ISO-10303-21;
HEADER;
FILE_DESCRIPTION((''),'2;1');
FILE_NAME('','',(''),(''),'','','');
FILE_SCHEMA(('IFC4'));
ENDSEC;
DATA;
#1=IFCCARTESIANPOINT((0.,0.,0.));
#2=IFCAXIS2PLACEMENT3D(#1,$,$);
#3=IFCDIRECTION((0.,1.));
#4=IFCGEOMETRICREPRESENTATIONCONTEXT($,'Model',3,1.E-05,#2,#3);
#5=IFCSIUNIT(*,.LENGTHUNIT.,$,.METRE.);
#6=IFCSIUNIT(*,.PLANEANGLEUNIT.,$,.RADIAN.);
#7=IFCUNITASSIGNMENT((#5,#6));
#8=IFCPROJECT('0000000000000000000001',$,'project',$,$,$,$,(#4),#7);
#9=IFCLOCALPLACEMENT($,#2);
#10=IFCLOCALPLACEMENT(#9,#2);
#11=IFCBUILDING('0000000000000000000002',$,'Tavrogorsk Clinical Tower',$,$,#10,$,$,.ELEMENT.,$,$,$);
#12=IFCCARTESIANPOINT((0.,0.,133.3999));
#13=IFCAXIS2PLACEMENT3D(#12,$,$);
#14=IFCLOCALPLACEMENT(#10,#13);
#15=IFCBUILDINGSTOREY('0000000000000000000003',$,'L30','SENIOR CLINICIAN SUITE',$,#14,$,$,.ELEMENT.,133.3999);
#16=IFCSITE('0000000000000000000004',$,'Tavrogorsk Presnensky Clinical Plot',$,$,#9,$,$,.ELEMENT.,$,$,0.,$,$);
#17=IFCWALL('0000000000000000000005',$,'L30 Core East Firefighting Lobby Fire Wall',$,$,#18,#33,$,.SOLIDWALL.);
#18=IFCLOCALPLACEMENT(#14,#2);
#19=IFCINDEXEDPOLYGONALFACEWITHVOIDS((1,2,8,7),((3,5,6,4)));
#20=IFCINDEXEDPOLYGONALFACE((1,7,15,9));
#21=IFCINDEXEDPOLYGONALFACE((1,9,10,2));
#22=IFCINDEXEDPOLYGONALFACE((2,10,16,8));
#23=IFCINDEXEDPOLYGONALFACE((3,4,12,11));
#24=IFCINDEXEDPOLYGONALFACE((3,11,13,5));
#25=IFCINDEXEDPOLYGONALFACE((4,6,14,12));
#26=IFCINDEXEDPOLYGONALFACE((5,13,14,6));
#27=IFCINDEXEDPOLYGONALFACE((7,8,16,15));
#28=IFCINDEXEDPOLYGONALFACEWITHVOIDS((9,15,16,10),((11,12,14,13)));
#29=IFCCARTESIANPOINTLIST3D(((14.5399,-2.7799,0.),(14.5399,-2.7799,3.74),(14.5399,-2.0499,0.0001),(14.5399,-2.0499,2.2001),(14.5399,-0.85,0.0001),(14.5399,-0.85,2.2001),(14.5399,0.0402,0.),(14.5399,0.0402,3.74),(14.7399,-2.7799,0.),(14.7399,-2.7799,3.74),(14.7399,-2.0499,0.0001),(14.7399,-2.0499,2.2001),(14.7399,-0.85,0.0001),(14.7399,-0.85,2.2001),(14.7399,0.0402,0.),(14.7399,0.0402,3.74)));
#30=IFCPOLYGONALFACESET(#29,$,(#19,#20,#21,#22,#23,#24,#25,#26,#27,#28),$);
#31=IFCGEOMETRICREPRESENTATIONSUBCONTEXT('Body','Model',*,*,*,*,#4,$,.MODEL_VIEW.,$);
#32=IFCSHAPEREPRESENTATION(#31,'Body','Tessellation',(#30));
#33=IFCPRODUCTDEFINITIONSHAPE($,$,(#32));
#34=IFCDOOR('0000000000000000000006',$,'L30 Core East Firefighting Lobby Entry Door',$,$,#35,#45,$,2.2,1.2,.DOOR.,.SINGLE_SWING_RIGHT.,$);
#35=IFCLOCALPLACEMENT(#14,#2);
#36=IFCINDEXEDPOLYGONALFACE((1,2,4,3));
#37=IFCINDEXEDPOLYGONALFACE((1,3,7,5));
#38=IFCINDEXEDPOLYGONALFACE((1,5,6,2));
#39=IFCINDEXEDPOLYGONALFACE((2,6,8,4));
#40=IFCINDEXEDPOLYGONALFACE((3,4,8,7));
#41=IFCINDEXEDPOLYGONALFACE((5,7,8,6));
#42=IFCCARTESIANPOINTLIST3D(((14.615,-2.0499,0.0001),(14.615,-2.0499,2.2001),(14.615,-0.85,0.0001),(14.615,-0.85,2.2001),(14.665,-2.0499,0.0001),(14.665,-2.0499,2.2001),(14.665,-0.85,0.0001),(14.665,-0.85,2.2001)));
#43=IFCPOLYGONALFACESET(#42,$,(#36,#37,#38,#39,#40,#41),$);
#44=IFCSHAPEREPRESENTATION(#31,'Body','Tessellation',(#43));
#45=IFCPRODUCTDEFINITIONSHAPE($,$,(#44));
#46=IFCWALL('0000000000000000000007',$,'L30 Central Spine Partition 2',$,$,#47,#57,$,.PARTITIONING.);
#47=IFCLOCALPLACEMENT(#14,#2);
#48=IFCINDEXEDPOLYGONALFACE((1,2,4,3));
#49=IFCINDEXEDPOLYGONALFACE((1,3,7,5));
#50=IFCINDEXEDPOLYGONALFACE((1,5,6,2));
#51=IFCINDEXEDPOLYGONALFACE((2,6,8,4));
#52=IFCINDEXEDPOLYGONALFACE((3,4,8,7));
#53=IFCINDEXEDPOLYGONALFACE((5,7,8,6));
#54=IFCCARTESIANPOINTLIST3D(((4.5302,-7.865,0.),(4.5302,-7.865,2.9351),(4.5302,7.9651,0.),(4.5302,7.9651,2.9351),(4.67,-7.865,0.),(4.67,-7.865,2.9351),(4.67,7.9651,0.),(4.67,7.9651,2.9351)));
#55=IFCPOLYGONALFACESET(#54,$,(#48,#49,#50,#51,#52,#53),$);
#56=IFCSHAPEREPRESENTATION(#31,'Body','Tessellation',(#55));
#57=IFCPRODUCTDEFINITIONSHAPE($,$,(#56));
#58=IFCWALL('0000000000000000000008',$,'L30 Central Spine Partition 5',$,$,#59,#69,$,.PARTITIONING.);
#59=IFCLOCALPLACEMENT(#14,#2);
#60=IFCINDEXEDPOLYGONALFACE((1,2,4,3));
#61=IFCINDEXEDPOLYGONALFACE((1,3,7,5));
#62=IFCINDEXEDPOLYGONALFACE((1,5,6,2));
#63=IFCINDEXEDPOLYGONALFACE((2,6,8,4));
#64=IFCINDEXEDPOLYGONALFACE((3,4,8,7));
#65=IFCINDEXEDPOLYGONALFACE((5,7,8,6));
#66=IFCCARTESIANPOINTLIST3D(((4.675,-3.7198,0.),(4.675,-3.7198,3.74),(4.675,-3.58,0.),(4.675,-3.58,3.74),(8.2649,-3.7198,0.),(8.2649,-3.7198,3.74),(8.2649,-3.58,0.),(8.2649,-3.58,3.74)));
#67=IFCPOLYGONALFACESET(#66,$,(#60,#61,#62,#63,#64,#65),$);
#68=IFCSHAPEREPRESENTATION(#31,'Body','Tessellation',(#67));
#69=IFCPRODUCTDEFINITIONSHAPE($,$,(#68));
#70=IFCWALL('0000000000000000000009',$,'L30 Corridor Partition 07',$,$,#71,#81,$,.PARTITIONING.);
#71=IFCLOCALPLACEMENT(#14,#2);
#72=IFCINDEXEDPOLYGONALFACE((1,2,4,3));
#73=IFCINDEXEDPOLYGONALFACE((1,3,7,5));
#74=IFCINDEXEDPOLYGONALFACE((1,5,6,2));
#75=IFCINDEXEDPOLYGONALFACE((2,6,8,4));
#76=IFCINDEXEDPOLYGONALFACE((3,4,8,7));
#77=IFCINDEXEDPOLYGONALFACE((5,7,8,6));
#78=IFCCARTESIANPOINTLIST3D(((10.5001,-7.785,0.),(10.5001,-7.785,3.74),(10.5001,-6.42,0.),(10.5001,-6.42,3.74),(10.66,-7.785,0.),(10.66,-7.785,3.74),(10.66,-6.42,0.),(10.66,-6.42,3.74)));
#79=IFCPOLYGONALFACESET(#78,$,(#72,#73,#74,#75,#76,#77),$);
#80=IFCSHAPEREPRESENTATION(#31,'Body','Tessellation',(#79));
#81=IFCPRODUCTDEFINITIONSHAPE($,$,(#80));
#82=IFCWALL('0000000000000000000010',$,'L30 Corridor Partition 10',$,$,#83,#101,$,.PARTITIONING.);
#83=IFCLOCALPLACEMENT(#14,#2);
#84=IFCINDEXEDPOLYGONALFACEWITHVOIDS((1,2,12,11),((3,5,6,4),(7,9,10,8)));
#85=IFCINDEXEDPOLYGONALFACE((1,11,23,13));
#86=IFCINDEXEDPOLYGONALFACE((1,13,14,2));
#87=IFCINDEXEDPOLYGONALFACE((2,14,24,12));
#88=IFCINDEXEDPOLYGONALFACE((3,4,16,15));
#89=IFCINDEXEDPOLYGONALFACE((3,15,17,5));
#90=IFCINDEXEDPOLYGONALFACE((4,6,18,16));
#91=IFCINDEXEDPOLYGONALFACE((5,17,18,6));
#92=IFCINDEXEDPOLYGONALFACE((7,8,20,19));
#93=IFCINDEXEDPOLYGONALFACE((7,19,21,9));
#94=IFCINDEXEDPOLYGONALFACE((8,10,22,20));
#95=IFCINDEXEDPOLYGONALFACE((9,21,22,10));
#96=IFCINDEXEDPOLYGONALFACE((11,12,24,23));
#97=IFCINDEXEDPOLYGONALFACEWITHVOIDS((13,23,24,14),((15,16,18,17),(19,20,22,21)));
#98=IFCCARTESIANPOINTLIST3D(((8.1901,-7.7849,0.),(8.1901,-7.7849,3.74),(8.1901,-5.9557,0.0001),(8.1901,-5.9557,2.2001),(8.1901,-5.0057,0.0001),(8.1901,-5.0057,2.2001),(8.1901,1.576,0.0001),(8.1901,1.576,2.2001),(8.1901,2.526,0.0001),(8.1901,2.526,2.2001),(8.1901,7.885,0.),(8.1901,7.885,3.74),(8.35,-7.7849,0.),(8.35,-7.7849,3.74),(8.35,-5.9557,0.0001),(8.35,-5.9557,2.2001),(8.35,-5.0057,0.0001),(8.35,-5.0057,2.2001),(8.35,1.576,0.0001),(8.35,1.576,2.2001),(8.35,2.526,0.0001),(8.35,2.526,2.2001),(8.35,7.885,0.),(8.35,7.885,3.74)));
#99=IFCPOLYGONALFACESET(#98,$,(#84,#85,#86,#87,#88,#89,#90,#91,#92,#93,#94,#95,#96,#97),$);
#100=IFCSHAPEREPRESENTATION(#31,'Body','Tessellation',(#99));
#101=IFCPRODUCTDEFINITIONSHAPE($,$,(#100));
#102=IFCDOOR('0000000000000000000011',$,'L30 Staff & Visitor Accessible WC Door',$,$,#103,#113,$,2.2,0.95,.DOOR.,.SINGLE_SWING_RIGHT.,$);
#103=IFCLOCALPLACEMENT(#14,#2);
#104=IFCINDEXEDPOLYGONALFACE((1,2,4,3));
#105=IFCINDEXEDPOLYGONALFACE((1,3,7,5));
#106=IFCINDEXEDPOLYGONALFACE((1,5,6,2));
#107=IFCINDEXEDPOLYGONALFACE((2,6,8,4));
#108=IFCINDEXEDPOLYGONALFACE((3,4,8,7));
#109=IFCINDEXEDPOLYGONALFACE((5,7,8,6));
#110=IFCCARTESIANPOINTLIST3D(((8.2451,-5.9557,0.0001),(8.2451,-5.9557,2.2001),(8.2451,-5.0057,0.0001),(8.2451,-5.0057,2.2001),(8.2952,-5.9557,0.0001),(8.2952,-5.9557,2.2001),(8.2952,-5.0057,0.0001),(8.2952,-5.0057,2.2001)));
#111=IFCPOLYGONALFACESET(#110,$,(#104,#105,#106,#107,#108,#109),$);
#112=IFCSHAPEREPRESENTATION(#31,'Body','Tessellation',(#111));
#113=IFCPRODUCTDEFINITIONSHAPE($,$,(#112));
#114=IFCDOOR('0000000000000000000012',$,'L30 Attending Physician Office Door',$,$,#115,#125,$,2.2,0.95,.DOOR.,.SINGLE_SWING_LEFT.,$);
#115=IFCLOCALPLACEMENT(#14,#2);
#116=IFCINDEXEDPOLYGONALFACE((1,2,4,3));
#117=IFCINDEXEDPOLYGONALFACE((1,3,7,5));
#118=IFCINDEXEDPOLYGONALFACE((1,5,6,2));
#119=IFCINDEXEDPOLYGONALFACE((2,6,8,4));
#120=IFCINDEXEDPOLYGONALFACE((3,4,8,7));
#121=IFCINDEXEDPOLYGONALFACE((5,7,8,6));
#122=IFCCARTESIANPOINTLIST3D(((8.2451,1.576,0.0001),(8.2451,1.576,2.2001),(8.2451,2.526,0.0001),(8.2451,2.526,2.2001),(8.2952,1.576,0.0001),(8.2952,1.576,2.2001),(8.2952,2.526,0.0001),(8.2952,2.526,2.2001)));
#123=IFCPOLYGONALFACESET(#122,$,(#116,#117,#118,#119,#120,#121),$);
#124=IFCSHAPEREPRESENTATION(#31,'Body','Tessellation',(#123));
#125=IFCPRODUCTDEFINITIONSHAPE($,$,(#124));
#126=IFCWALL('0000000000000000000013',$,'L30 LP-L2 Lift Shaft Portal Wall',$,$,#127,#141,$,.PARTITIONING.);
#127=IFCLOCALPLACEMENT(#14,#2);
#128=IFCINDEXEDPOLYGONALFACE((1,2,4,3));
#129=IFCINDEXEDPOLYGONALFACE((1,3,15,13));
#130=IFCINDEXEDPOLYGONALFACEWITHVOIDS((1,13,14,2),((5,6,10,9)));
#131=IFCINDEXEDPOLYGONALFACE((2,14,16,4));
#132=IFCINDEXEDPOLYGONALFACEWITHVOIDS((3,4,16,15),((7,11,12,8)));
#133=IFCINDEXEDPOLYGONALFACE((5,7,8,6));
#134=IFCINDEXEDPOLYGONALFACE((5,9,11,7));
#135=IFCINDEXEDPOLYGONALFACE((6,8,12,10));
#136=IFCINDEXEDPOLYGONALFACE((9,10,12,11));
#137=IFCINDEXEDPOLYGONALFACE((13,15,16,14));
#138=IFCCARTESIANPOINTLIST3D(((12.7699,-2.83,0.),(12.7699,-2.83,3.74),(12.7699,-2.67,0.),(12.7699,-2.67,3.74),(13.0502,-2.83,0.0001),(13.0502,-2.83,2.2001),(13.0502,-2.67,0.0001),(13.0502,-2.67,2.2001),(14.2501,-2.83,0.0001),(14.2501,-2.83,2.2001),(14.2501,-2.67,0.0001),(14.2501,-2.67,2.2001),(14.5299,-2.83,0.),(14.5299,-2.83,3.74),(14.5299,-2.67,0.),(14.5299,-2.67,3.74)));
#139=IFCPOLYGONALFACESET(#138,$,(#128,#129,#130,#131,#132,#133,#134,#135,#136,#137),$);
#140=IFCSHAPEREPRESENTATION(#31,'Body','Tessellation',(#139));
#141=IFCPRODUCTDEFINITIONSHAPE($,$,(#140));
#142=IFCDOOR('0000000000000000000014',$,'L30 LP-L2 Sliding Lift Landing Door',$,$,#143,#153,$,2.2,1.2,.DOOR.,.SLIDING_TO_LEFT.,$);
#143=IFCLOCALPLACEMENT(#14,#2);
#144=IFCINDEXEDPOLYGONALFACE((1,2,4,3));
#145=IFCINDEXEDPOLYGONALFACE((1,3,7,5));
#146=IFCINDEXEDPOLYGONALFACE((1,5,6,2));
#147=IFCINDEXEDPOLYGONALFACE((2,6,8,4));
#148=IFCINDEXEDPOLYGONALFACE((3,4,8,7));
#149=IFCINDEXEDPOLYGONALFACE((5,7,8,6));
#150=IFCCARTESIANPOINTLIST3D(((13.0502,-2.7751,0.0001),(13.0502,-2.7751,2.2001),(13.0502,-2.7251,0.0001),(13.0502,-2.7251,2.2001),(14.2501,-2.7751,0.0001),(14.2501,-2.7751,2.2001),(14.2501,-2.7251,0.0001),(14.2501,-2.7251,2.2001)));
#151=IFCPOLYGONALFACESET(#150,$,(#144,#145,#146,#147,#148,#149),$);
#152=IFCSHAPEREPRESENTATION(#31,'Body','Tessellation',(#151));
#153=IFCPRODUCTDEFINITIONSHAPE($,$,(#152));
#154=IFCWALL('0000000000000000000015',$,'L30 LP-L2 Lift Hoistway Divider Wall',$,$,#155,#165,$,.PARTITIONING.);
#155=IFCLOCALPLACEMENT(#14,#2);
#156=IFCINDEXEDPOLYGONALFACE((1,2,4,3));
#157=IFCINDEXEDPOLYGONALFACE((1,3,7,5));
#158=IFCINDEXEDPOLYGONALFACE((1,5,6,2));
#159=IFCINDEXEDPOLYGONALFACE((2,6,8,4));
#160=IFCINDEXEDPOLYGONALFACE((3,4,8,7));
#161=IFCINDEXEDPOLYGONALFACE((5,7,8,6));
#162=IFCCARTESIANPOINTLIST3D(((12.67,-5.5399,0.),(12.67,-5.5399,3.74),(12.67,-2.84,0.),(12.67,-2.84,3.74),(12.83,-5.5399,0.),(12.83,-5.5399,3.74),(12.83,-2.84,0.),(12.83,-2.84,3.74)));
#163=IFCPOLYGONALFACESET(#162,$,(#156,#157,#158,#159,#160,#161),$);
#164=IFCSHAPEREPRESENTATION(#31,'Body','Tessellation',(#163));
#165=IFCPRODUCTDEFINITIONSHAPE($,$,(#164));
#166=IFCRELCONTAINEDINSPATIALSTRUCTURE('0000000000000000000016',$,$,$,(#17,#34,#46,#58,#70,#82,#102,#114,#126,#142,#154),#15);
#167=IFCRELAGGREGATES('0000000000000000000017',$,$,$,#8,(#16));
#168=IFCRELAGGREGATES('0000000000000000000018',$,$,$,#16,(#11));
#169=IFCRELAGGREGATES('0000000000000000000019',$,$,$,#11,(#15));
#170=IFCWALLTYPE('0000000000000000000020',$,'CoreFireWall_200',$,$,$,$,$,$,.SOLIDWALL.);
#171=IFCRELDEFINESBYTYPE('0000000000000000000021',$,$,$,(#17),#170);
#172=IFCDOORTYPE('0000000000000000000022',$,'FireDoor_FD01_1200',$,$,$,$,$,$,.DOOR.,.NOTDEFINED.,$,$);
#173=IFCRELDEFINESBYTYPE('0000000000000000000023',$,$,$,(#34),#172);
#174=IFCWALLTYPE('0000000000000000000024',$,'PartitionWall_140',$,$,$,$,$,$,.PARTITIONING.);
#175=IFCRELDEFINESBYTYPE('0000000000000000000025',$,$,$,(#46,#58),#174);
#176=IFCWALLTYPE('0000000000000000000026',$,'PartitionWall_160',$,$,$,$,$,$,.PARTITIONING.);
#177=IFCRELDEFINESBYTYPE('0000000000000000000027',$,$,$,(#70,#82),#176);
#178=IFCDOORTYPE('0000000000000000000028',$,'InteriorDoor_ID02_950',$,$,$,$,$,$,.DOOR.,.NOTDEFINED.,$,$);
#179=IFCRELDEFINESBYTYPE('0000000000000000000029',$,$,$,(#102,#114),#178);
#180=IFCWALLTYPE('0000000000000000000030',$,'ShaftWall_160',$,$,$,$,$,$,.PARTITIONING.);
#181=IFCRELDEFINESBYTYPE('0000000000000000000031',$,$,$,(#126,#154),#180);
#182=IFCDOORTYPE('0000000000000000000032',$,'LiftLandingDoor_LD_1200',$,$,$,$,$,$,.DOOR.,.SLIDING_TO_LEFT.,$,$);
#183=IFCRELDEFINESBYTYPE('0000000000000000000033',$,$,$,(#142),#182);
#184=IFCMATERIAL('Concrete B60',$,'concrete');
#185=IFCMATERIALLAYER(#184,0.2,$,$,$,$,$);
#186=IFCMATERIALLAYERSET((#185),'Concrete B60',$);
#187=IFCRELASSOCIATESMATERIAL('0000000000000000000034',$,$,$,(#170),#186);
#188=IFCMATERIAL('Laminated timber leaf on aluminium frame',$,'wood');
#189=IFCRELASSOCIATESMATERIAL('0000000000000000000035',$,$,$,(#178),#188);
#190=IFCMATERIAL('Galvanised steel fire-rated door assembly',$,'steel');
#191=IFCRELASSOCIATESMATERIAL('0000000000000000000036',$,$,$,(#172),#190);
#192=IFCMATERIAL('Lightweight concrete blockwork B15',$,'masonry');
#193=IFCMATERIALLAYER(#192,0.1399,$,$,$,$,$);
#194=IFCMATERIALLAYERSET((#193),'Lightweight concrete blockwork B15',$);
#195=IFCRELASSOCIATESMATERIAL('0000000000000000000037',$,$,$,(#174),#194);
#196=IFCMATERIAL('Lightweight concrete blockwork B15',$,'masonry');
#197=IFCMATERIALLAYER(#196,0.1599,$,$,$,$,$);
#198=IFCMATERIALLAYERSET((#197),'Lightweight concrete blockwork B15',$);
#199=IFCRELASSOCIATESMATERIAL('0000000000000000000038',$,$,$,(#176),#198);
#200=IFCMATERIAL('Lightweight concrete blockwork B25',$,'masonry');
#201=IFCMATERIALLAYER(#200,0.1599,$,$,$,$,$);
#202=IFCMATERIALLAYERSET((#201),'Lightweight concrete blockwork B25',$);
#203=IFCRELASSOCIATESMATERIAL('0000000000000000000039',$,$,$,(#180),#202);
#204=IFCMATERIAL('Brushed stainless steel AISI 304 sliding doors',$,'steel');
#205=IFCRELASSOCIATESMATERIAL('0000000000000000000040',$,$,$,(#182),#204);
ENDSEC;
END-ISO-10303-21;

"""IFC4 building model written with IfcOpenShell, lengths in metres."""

from ifc_helpers import new_model, si_unit, direction, frame, frame_2d, origin, place, context, subcontext, project, spatial, rectangle, extrude, material, layer, layer_set, type_object, element, fill, save


model = new_model("IFC4")

# Units and contexts
model_context = context("Model", 3, precision=1e-05, world=origin(), true_north=direction((0.0, 1.0)))
body_context = subcontext(model_context, "Body", "Model", "MODEL_VIEW")
ifc_project = project(units=[si_unit("LENGTHUNIT", "METRE"), si_unit("PLANEANGLEUNIT", "RADIAN")], contexts=[model_context])

# Site, building, storey
site_placement = place(None, origin())
site = spatial("IfcSite", under=ifc_project, at=site_placement, Name="Tavrogorsk Presnensky Clinical Plot", CompositionType="ELEMENT", RefElevation=0.0)
building_placement = place(site_placement, origin())
building = spatial("IfcBuilding", under=site, at=building_placement, Name="Tavrogorsk Clinical Tower", CompositionType="ELEMENT")
storey_placement = place(building_placement, frame((0.0, 0.0, 133.3999)))
storey = spatial("IfcBuildingStorey", under=building, at=storey_placement, Name="L30", Description="SENIOR CLINICIAN SUITE", CompositionType="ELEMENT", Elevation=133.3999)

# Wall, opening, door
ifc_material_1 = material(Name="Concrete B60", Category="concrete")
ifc_layer_1 = layer(ifc_material_1, 0.2)
ifc_layer_set_1 = layer_set([ifc_layer_1], Name="Concrete B60")
wall_type_1 = type_object("IfcWallType", Name="CoreFireWall_200", PredefinedType="SOLIDWALL", material=ifc_layer_set_1)
ifc_material_2 = material(Name="Laminated timber leaf on aluminium frame", Category="wood")
door_type_1 = type_object("IfcDoorType", Name="InteriorDoor_ID02_950", OperationType="NOTDEFINED", PredefinedType="DOOR", material=ifc_material_2)
wall_1_placement = place(storey_placement, frame((14.6399, -2.78, 0.0), z_axis=(0.0, 0.0, 1.0), x_axis=(0.0, 1.0, 0.0)))
wall_1 = element("IfcWall", 1, at=wall_1_placement, inside=storey, type_object=wall_type_1, Name="L30 Core East Firefighting Lobby Fire Wall", PredefinedType="SOLIDWALL", context=body_context, shape_type="SweptSolid", body=[
    extrude(rectangle(XDim=2.8201, YDim=0.2, at=frame_2d((1.4102, 0.0))), origin(), (0.0, 0.0, 1.0), 3.74),
])
opening_1_placement = place(wall_1_placement, frame((0.73, 0.0, 0.0)))
opening_1 = element("IfcOpeningElement", 2, at=opening_1_placement, cuts=wall_1, PredefinedType="OPENING", context=body_context, shape_type="SweptSolid", body=[
    extrude(rectangle(XDim=1.2, YDim=2.2, at=frame_2d((0.6001, 1.1001))), frame((0.0, 0.1099, 0.0), z_axis=(0.0, -1.0, 0.0), x_axis=(1.0, 0.0, 0.0)), (0.0, 0.0, 1.0), 0.22),
])
ifc_material_3 = material(Name="Galvanised steel fire-rated door assembly", Category="steel")
door_type_2 = type_object("IfcDoorType", Name="FireDoor_FD01_1200", OperationType="NOTDEFINED", PredefinedType="DOOR", material=ifc_material_3)
door_1_placement = place(opening_1_placement, origin())
door_1 = element("IfcDoor", 3, at=door_1_placement, inside=storey, type_object=door_type_2, Name="L30 Core East Firefighting Lobby Entry Door", OperationType="SINGLE_SWING_RIGHT", OverallHeight=2.2, OverallWidth=1.2, PredefinedType="DOOR", context=body_context, shape_type="SweptSolid", body=[
    extrude(rectangle(XDim=1.2, YDim=2.2, at=frame_2d((0.6001, 1.1001))), frame((0.0, 0.0249, 0.0), z_axis=(0.0, -1.0, 0.0), x_axis=(1.0, 0.0, 0.0)), (0.0, 0.0, 1.0), 0.05),
])
fill(opening_1, door_1)

# Walls
ifc_material_4 = material(Name="Lightweight concrete blockwork B15", Category="masonry")
ifc_layer_2 = layer(ifc_material_4, 0.1399)
ifc_layer_set_2 = layer_set([ifc_layer_2], Name="Lightweight concrete blockwork B15")
wall_type_2 = type_object("IfcWallType", Name="PartitionWall_140", PredefinedType="PARTITIONING", material=ifc_layer_set_2)
wall_2_placement = place(storey_placement, frame((4.6001, -7.865, 0.0), z_axis=(0.0, 0.0, 1.0), x_axis=(0.0, 1.0, 0.0)))
element("IfcWall", 4, at=wall_2_placement, inside=storey, type_object=wall_type_2, Name="L30 Central Spine Partition 2", PredefinedType="PARTITIONING", context=body_context, shape_type="SweptSolid", body=[
    extrude(rectangle(XDim=15.8301, YDim=0.1399, at=frame_2d((7.915, 0.0))), origin(), (0.0, 0.0, 1.0), 2.9351),
])
wall_3_placement = place(storey_placement, frame((4.675, -3.6499, 0.0), z_axis=(0.0, 0.0, 1.0), x_axis=(1.0, 0.0, 0.0)))
element("IfcWall", 5, at=wall_3_placement, inside=storey, type_object=wall_type_2, Name="L30 Central Spine Partition 5", PredefinedType="PARTITIONING", context=body_context, shape_type="SweptSolid", body=[
    extrude(rectangle(XDim=3.5898, YDim=0.1399, at=frame_2d((1.7949, 0.0))), origin(), (0.0, 0.0, 1.0), 3.74),
])
ifc_material_5 = material(Name="Lightweight concrete blockwork B15", Category="masonry")
ifc_layer_3 = layer(ifc_material_5, 0.1599)
ifc_layer_set_3 = layer_set([ifc_layer_3], Name="Lightweight concrete blockwork B15")
wall_type_3 = type_object("IfcWallType", Name="PartitionWall_160", PredefinedType="PARTITIONING", material=ifc_layer_set_3)
wall_4_placement = place(storey_placement, frame((10.5801, -6.4199, 0.0), z_axis=(0.0, 0.0, 1.0), x_axis=(0.0, -1.0, 0.0)))
element("IfcWall", 6, at=wall_4_placement, inside=storey, type_object=wall_type_3, Name="L30 Corridor Partition 07", PredefinedType="PARTITIONING", context=body_context, shape_type="SweptSolid", body=[
    extrude(rectangle(XDim=1.365, YDim=0.1599, at=frame_2d((0.6826, 0.0))), origin(), (0.0, 0.0, 1.0), 3.74),
])

# Wall, openings, doors
wall_5_placement = place(storey_placement, frame((8.27, -7.7849, 0.0), z_axis=(0.0, 0.0, 1.0), x_axis=(0.0, 1.0, 0.0)))
wall_5 = element("IfcWall", 7, at=wall_5_placement, inside=storey, type_object=wall_type_3, Name="L30 Corridor Partition 10", PredefinedType="PARTITIONING", context=body_context, shape_type="SweptSolid", body=[
    extrude(rectangle(XDim=15.6699, YDim=0.1599, at=frame_2d((7.835, 0.0))), origin(), (0.0, 0.0, 1.0), 3.74),
])
opening_2_placement = place(wall_5_placement, frame((1.8291, 0.0, 0.0)))
opening_2 = element("IfcOpeningElement", 8, at=opening_2_placement, cuts=wall_5, PredefinedType="OPENING", context=body_context, shape_type="SweptSolid", body=[
    extrude(rectangle(XDim=0.95, YDim=2.2, at=frame_2d((0.4751, 1.1001))), frame((0.0, 0.0898, 0.0), z_axis=(0.0, -1.0, 0.0), x_axis=(1.0, 0.0, 0.0)), (0.0, 0.0, 1.0), 0.1799),
])
opening_3_placement = place(wall_5_placement, frame((9.3608, 0.0, 0.0)))
opening_3 = element("IfcOpeningElement", 9, at=opening_3_placement, cuts=wall_5, PredefinedType="OPENING", context=body_context, shape_type="SweptSolid", body=[
    extrude(rectangle(XDim=0.95, YDim=2.2, at=frame_2d((0.4751, 1.1001))), frame((0.0, 0.0898, 0.0), z_axis=(0.0, -1.0, 0.0), x_axis=(1.0, 0.0, 0.0)), (0.0, 0.0, 1.0), 0.1799),
])
door_2_placement = place(opening_2_placement, origin())
door_2 = element("IfcDoor", 10, at=door_2_placement, inside=storey, type_object=door_type_1, Name="L30 Staff & Visitor Accessible WC Door", OperationType="SINGLE_SWING_RIGHT", OverallHeight=2.2, OverallWidth=0.95, PredefinedType="DOOR", context=body_context, shape_type="SweptSolid", body=[
    extrude(rectangle(XDim=0.95, YDim=2.2, at=frame_2d((0.4751, 1.1001))), frame((0.0, 0.0249, 0.0), z_axis=(0.0, -1.0, 0.0), x_axis=(1.0, 0.0, 0.0)), (0.0, 0.0, 1.0), 0.05),
])
fill(opening_2, door_2)
door_3_placement = place(opening_3_placement, origin())
door_3 = element("IfcDoor", 11, at=door_3_placement, inside=storey, type_object=door_type_1, Name="L30 Attending Physician Office Door", OperationType="SINGLE_SWING_LEFT", OverallHeight=2.2, OverallWidth=0.95, PredefinedType="DOOR", context=body_context, shape_type="SweptSolid", body=[
    extrude(rectangle(XDim=0.95, YDim=2.2, at=frame_2d((0.4751, 1.1001))), frame((0.0, 0.0249, 0.0), z_axis=(0.0, -1.0, 0.0), x_axis=(1.0, 0.0, 0.0)), (0.0, 0.0, 1.0), 0.05),
])
fill(opening_3, door_3)

# Wall, opening, door
ifc_material_6 = material(Name="Lightweight concrete blockwork B25", Category="masonry")
ifc_layer_4 = layer(ifc_material_6, 0.1599)
ifc_layer_set_4 = layer_set([ifc_layer_4], Name="Lightweight concrete blockwork B25")
wall_type_4 = type_object("IfcWallType", Name="ShaftWall_160", PredefinedType="PARTITIONING", material=ifc_layer_set_4)
wall_6_placement = place(storey_placement, frame((12.77, -2.75, 0.0), z_axis=(0.0, 0.0, 1.0), x_axis=(1.0, 0.0, 0.0)))
wall_6 = element("IfcWall", 12, at=wall_6_placement, inside=storey, type_object=wall_type_4, Name="L30 LP-L2 Lift Shaft Portal Wall", PredefinedType="PARTITIONING", context=body_context, shape_type="SweptSolid", body=[
    extrude(rectangle(XDim=1.76, YDim=0.1599, at=frame_2d((0.8799, 0.0))), origin(), (0.0, 0.0, 1.0), 3.74),
])
opening_4_placement = place(wall_6_placement, frame((0.28, 0.0, 0.0)))
opening_4 = element("IfcOpeningElement", 13, at=opening_4_placement, cuts=wall_6, PredefinedType="OPENING", context=body_context, shape_type="SweptSolid", body=[
    extrude(rectangle(XDim=1.2, YDim=2.2, at=frame_2d((0.6001, 1.1001))), frame((0.0, 0.0898, 0.0), z_axis=(0.0, -1.0, 0.0), x_axis=(1.0, 0.0, 0.0)), (0.0, 0.0, 1.0), 0.1799),
])
ifc_material_7 = material(Name="Brushed stainless steel AISI 304 sliding doors", Category="steel")
door_type_3 = type_object("IfcDoorType", Name="LiftLandingDoor_LD_1200", OperationType="SLIDING_TO_LEFT", PredefinedType="DOOR", material=ifc_material_7)
door_4_placement = place(opening_4_placement, origin())
door_4 = element("IfcDoor", 14, at=door_4_placement, inside=storey, type_object=door_type_3, Name="L30 LP-L2 Sliding Lift Landing Door", OperationType="SLIDING_TO_LEFT", OverallHeight=2.2, OverallWidth=1.2, PredefinedType="DOOR", context=body_context, shape_type="SweptSolid", body=[
    extrude(rectangle(XDim=1.2, YDim=2.2, at=frame_2d((0.6001, 1.1001))), frame((0.0, 0.0249, 0.0), z_axis=(0.0, -1.0, 0.0), x_axis=(1.0, 0.0, 0.0)), (0.0, 0.0, 1.0), 0.05),
])
fill(opening_4, door_4)

# Wall
for number, where, z_axis, x_axis, name in (
    (15, (12.75, -5.54, 0.0), (0.0, 0.0, 1.0), (0.0, 1.0, 0.0), "L30 LP-L2 Lift Hoistway Divider Wall"),
):
    element("IfcWall", number, at=place(storey_placement, frame(where, z_axis=z_axis, x_axis=x_axis)), inside=storey, type_object=wall_type_4, Name=name, PredefinedType="PARTITIONING", context=body_context, shape_type="SweptSolid", body=[
        extrude(rectangle(XDim=2.7, YDim=0.1599, at=frame_2d((1.3501, 0.0))), origin(), (0.0, 0.0, 1.0), 3.74),
    ])

save(model, "model.ifc")
